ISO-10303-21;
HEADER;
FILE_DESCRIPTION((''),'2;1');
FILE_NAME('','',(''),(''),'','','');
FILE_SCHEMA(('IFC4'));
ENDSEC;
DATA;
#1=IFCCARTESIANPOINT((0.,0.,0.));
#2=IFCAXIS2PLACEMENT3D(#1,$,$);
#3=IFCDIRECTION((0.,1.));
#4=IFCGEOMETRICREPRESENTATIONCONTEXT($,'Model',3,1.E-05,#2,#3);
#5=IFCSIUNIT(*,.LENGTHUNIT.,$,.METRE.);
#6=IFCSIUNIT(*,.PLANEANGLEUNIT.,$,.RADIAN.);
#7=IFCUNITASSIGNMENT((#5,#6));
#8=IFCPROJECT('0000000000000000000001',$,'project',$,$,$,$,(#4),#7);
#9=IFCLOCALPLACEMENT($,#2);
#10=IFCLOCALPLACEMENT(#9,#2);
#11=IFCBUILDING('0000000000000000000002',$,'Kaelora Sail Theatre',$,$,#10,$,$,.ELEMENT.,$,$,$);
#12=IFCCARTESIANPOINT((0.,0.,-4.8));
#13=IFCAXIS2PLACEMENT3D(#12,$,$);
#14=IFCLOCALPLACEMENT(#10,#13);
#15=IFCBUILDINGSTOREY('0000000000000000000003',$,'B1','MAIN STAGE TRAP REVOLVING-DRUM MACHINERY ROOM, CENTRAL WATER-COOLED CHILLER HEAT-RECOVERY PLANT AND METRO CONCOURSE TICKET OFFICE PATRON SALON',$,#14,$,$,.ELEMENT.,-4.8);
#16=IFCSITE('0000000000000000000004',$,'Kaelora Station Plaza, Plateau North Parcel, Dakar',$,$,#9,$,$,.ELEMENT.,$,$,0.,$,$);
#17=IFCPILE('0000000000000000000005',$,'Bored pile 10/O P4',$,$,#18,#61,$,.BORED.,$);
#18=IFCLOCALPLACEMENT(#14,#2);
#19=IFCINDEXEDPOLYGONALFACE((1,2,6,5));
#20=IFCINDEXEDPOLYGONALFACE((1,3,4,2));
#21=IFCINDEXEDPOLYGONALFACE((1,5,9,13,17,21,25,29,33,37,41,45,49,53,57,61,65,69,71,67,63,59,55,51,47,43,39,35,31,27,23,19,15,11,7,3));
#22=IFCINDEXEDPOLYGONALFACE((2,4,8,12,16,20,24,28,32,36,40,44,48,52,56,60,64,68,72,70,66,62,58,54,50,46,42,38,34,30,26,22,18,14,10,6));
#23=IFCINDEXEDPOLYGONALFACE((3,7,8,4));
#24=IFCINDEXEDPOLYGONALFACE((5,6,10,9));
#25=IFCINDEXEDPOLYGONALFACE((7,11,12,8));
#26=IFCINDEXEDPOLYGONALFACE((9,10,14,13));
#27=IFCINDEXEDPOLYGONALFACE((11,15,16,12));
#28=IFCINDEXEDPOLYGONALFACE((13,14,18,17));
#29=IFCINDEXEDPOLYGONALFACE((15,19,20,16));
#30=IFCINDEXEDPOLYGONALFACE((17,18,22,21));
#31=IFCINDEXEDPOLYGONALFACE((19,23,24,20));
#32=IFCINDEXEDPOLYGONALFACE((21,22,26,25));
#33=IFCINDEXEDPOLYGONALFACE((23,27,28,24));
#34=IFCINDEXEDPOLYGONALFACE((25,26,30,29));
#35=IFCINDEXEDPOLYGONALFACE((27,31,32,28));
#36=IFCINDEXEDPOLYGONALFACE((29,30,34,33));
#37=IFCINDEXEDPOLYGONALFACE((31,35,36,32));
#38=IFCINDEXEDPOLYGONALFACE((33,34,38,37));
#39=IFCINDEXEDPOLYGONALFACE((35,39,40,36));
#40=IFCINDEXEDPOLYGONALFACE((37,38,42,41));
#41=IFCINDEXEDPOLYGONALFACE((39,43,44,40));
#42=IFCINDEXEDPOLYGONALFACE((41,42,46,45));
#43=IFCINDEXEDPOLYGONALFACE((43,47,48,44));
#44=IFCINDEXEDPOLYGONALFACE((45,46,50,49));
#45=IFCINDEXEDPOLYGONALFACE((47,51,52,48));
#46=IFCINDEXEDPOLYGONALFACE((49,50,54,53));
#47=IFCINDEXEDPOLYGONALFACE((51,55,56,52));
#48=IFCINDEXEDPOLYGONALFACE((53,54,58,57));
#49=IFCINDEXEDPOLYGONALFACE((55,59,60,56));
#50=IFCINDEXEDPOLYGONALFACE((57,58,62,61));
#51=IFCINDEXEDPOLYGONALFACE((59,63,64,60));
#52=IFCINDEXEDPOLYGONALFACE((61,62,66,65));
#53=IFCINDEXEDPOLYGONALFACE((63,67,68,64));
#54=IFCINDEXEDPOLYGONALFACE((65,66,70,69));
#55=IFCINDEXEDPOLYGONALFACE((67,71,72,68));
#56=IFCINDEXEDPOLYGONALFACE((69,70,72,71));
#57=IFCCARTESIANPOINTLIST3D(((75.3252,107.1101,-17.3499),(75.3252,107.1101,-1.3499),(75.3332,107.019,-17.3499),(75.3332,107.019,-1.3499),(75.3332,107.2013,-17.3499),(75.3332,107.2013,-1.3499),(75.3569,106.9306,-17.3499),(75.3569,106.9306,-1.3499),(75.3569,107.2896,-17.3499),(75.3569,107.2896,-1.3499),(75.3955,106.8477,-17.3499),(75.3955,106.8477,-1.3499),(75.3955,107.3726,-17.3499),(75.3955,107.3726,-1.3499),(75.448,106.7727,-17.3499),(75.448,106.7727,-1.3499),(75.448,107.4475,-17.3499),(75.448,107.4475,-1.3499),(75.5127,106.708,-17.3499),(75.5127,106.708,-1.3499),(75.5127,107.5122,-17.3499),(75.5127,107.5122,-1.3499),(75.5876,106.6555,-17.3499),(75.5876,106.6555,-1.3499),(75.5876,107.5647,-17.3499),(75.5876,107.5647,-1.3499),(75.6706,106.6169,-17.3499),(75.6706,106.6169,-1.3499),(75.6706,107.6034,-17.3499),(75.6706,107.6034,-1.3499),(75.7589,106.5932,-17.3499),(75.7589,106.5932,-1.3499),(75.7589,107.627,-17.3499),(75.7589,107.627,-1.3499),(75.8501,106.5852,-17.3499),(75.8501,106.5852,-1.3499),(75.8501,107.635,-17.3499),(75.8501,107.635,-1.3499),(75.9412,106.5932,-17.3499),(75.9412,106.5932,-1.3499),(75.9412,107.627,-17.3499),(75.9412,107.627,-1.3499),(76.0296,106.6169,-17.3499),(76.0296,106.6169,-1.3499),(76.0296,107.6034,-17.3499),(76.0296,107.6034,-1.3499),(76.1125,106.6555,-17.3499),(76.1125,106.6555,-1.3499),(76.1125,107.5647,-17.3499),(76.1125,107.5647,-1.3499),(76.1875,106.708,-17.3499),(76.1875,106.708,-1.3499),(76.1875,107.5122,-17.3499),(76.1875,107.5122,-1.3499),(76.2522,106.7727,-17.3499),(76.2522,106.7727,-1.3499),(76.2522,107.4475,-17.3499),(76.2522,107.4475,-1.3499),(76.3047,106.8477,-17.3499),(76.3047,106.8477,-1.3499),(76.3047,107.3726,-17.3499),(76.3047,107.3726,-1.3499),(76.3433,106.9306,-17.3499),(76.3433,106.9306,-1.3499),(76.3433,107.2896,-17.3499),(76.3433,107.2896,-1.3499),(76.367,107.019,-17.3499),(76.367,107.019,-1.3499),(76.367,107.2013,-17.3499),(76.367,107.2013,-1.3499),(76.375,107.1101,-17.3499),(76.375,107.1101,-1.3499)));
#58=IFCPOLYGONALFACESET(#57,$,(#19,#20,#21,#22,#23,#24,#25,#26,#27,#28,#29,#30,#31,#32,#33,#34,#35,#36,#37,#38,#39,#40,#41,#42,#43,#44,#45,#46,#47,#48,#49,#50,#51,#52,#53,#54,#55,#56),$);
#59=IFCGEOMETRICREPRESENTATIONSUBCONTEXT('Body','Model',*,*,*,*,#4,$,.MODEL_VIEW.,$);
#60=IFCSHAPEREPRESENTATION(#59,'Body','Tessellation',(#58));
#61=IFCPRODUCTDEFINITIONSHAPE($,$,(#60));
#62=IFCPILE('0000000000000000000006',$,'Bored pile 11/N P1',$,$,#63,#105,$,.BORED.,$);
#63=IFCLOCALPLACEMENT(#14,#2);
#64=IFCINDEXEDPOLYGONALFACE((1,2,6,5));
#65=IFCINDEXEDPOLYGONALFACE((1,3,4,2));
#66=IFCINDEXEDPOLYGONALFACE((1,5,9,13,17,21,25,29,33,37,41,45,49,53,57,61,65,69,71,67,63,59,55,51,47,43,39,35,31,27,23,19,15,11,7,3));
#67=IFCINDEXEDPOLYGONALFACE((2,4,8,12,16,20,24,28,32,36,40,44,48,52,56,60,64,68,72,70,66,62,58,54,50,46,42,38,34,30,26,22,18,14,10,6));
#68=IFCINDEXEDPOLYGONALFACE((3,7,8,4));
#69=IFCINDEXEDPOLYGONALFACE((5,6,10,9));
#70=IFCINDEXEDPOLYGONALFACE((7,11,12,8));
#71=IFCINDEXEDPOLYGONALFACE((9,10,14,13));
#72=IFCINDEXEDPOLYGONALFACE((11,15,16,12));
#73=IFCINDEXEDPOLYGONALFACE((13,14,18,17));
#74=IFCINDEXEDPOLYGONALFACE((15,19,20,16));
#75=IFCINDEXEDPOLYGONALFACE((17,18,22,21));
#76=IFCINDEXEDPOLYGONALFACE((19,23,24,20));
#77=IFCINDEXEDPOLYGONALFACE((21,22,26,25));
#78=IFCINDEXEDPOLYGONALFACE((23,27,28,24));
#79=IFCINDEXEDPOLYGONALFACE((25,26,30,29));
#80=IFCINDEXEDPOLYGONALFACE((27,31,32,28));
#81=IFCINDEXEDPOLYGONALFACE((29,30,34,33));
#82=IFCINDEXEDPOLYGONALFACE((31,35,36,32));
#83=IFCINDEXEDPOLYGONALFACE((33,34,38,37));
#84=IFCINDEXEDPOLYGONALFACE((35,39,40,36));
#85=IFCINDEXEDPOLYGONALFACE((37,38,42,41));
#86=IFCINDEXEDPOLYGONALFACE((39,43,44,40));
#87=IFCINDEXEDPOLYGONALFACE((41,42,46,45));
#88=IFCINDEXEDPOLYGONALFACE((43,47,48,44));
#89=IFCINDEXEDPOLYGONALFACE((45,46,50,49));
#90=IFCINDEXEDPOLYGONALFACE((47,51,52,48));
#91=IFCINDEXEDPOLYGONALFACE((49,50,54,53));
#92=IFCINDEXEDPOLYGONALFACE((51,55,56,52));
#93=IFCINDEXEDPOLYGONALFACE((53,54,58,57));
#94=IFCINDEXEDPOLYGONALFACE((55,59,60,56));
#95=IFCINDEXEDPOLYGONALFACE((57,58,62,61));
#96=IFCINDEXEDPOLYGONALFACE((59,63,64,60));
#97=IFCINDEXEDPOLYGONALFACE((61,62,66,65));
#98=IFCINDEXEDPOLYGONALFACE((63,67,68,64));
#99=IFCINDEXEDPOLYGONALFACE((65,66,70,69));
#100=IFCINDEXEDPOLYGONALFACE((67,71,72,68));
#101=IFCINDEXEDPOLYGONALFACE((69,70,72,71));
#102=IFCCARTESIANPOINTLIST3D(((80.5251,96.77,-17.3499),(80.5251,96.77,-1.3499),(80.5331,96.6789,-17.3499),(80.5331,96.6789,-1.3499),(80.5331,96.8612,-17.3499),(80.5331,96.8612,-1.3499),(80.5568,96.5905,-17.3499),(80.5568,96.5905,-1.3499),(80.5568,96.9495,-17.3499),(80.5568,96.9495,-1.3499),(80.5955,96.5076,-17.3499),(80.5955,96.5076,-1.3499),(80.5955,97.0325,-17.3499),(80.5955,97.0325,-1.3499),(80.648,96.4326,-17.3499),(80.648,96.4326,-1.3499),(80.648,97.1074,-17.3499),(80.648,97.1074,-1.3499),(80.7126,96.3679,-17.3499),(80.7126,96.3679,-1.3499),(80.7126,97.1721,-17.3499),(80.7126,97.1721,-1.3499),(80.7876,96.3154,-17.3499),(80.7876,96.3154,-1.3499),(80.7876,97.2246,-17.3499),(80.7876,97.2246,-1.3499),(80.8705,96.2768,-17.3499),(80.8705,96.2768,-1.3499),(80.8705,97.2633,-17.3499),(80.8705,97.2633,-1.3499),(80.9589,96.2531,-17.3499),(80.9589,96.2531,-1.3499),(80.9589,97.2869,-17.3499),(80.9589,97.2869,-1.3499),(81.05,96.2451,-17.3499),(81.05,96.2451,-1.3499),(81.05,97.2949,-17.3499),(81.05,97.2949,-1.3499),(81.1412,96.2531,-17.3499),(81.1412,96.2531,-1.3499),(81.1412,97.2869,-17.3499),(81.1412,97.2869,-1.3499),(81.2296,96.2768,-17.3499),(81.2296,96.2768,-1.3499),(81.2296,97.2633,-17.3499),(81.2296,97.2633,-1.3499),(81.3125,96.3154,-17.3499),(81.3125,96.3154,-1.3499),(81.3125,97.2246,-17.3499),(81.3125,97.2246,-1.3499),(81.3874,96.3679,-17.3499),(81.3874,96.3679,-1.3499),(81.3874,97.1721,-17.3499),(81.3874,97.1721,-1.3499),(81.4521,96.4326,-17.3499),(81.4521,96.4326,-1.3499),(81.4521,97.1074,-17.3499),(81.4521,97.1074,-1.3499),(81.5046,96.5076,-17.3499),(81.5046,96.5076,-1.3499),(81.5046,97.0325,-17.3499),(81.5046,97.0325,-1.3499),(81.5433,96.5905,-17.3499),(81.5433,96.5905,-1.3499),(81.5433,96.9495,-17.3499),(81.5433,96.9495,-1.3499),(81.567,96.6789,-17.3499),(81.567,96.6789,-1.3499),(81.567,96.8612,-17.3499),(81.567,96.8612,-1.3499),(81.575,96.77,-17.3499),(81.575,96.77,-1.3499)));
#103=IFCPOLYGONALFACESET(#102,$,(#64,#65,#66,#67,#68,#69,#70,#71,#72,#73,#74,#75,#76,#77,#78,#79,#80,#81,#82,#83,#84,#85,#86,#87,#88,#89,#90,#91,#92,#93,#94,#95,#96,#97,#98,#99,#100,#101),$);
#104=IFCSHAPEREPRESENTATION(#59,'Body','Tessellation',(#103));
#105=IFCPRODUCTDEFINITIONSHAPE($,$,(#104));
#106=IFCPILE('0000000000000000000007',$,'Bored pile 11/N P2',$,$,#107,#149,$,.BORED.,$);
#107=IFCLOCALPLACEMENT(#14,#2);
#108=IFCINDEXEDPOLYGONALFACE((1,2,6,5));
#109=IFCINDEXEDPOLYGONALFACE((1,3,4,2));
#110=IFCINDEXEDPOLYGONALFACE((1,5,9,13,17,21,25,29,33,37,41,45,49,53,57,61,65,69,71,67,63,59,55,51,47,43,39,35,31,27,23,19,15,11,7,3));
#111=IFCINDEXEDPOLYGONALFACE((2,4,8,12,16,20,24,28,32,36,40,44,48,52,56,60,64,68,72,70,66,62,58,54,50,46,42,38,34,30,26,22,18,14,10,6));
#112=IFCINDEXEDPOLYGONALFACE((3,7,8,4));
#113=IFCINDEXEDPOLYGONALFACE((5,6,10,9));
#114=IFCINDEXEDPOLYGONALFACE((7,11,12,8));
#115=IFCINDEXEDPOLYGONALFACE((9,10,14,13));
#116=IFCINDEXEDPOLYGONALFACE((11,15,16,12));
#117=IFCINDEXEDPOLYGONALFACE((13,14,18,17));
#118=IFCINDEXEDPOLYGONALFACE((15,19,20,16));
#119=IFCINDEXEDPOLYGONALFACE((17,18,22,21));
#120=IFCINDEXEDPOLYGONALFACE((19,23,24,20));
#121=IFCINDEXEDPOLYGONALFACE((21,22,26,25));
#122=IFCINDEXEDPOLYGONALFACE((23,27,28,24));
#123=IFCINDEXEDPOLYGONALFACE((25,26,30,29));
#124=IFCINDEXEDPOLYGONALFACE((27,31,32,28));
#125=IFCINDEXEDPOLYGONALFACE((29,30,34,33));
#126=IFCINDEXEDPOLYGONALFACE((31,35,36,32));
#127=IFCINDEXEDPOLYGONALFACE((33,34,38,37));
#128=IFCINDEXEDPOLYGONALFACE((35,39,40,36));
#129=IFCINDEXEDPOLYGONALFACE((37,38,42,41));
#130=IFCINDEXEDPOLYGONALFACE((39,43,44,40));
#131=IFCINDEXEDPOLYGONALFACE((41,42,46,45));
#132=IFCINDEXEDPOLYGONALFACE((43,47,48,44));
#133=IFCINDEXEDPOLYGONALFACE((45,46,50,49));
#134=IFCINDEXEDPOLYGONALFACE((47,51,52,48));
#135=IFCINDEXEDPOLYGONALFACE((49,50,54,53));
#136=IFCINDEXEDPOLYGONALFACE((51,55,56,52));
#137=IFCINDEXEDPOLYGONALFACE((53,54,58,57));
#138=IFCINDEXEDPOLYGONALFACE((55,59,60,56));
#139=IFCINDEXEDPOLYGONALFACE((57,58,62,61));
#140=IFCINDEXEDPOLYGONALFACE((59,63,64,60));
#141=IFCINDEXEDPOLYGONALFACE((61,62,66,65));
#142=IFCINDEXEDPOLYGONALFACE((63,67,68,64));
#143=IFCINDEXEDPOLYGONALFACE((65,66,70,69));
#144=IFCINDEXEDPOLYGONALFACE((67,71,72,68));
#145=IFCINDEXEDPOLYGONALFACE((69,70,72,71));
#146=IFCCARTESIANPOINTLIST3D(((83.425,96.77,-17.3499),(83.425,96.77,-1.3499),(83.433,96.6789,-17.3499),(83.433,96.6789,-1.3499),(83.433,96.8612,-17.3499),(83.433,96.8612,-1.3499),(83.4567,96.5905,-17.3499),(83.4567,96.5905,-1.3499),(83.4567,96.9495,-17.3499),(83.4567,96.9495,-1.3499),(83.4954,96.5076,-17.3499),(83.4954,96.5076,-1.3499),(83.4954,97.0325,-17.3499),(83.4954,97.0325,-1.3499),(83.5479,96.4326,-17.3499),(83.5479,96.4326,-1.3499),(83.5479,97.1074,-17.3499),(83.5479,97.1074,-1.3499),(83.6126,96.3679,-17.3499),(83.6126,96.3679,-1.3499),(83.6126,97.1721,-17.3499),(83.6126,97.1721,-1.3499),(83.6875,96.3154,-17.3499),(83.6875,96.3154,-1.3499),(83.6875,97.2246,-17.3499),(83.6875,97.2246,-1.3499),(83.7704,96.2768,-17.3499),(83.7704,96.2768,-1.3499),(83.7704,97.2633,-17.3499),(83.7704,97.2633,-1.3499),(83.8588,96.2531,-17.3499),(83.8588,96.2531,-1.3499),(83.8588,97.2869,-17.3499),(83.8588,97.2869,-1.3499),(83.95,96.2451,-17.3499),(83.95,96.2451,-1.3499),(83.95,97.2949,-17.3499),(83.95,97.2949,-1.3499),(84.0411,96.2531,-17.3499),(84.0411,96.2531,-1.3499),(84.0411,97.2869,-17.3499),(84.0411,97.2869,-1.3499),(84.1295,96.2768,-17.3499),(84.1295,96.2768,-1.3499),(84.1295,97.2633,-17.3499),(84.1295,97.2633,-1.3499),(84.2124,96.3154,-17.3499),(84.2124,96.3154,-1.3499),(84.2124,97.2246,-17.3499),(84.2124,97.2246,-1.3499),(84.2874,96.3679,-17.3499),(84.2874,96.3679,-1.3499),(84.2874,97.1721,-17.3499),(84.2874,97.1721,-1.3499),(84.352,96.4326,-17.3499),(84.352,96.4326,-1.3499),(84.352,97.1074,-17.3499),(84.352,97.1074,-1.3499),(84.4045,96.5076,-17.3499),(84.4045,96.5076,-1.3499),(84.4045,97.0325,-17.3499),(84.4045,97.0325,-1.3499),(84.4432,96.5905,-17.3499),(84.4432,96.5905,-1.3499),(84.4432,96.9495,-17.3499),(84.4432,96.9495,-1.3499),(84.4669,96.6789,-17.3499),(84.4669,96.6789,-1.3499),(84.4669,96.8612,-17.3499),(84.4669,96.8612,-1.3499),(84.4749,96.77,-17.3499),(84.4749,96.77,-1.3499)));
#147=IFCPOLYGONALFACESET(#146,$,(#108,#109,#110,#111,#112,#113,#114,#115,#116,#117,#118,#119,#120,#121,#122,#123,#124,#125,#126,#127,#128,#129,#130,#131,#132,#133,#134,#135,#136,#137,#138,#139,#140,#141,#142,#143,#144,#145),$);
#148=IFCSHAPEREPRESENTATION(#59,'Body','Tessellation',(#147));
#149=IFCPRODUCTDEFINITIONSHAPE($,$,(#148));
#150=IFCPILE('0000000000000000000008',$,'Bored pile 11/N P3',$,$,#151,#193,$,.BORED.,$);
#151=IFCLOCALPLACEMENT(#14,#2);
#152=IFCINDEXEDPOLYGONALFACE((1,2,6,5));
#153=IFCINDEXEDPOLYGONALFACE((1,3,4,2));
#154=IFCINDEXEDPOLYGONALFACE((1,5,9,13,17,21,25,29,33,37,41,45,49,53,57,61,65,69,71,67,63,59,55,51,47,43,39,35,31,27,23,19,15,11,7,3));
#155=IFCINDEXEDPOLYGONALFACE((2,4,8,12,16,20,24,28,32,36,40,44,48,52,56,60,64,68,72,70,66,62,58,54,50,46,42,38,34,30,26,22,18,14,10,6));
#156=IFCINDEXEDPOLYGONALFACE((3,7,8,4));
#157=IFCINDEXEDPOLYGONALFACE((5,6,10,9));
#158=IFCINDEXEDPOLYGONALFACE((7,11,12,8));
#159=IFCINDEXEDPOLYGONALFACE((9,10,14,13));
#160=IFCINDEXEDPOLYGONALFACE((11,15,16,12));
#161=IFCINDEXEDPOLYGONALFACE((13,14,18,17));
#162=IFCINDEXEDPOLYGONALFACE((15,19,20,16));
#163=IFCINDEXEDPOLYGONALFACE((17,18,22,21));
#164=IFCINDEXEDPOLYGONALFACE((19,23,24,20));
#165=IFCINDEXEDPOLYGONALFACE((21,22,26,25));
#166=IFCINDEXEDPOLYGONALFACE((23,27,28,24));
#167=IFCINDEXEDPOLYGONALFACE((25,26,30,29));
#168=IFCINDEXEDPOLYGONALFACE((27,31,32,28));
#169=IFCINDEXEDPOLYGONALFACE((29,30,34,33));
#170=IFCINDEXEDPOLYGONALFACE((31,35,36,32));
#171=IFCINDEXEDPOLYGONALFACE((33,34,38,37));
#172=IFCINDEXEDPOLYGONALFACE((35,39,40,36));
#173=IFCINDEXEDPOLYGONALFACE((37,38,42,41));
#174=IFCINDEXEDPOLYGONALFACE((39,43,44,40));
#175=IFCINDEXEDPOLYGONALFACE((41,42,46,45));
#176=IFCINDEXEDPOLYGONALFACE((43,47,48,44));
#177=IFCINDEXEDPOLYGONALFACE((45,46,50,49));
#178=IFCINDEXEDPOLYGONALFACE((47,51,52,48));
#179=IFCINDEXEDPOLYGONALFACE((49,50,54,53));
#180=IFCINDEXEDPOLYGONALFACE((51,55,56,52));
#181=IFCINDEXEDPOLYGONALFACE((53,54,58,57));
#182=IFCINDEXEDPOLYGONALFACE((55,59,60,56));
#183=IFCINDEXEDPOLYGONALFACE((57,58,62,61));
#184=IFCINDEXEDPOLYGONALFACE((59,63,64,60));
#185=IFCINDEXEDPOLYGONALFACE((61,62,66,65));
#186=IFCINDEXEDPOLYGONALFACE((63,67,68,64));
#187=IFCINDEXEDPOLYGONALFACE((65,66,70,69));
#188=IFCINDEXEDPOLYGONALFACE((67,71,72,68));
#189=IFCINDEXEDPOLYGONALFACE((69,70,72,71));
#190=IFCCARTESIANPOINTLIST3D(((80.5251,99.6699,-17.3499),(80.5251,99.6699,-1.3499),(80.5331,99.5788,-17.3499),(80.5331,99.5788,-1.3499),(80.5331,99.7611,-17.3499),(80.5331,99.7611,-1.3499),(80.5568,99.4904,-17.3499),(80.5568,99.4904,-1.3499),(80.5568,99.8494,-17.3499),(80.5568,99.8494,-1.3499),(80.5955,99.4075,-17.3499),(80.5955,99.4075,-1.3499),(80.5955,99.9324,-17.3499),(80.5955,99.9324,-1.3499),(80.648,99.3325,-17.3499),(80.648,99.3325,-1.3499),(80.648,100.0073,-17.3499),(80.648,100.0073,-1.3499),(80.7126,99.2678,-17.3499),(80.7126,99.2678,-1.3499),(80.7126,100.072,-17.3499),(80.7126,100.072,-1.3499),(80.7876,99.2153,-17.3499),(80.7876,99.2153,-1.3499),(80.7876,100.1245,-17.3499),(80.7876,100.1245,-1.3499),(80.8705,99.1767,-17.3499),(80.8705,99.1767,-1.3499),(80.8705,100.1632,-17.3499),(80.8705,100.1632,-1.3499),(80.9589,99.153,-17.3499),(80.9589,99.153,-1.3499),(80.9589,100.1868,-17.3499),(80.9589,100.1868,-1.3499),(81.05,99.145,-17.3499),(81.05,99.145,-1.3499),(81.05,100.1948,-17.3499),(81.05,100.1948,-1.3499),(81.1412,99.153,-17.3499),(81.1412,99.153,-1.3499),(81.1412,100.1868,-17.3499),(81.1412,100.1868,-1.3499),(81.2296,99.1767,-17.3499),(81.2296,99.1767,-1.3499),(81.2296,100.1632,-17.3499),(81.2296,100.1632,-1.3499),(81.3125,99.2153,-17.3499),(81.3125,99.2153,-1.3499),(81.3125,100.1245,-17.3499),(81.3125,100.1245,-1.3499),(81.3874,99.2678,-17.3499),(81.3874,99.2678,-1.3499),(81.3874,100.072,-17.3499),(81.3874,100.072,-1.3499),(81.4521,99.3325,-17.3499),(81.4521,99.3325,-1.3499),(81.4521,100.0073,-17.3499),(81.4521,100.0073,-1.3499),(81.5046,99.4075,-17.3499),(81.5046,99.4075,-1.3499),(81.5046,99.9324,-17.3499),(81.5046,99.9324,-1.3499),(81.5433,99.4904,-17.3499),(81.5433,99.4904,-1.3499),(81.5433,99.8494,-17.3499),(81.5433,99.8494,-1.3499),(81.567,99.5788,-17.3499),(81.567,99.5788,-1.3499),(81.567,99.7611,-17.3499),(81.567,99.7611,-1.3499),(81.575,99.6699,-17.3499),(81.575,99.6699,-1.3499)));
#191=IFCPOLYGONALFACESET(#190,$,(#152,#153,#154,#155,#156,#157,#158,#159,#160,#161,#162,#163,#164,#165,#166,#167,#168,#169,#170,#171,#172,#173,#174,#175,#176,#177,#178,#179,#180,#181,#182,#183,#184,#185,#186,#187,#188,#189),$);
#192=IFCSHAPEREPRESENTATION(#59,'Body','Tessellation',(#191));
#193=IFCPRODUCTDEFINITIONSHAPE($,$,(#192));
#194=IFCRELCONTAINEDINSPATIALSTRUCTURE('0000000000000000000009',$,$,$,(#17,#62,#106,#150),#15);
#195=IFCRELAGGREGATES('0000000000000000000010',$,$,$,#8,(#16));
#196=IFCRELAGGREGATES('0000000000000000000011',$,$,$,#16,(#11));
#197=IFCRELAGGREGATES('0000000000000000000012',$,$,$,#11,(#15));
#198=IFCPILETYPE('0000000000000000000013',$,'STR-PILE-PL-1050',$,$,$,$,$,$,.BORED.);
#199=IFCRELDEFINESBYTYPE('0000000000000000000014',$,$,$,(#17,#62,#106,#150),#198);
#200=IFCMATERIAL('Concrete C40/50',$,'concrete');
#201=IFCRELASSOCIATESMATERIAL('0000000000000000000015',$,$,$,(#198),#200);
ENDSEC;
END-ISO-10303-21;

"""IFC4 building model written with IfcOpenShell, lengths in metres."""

from ifc_helpers import new_model, si_unit, direction, frame, origin, origin_2d, place, context, subcontext, project, spatial, circle, extrude, material, material_profile, profile_set, type_object, element, save


model = new_model("IFC4")

# Units and contexts
model_context = context("Model", 3, precision=1e-05, world=origin(), true_north=direction((0.0, 1.0)))
body_context = subcontext(model_context, "Body", "Model", "MODEL_VIEW")
ifc_project = project(units=[si_unit("LENGTHUNIT", "METRE"), si_unit("PLANEANGLEUNIT", "RADIAN")], contexts=[model_context])

# Site, building, storey
site_placement = place(None, origin())
site = spatial("IfcSite", under=ifc_project, at=site_placement, Name="Kaelora Station Plaza, Plateau North Parcel, Dakar", CompositionType="ELEMENT", RefElevation=0.0)
building_placement = place(site_placement, origin())
building = spatial("IfcBuilding", under=site, at=building_placement, Name="Kaelora Sail Theatre", CompositionType="ELEMENT")
storey_placement = place(building_placement, frame((0.0, 0.0, -4.8)))
storey = spatial("IfcBuildingStorey", under=building, at=storey_placement, Name="B1", Description="MAIN STAGE TRAP REVOLVING-DRUM MACHINERY ROOM, CENTRAL WATER-COOLED CHILLER HEAT-RECOVERY PLANT AND METRO CONCOURSE TICKET OFFICE PATRON SALON", CompositionType="ELEMENT", Elevation=-4.8)

# Piles
ifc_material_1 = material(Name="Concrete C40/50", Category="concrete")
ifc_material_profile_1 = material_profile(ifc_material_1, circle(Radius=0.5249, at=origin_2d()), Name="PILE D1050")
ifc_profile_set_1 = profile_set([ifc_material_profile_1], Name="Concrete C40/50")
pile_type_1 = type_object("IfcPileType", Name="STR-PILE-PL-1050", PredefinedType="BORED", material=ifc_profile_set_1)
for number, where, z_axis, x_axis, name in (
    (1, (75.8501, 107.1101, -1.3499), (0.0, 0.0, -1.0), (1.0, 0.0, 0.0), "Bored pile 10/O P4"),
    (2, (81.05, 96.77, -1.3499), (0.0, 0.0, -1.0), (1.0, 0.0, 0.0), "Bored pile 11/N P1"),
    (3, (83.95, 96.77, -1.3499), (0.0, 0.0, -1.0), (1.0, 0.0, 0.0), "Bored pile 11/N P2"),
    (4, (81.05, 99.6699, -1.3499), (0.0, 0.0, -1.0), (1.0, 0.0, 0.0), "Bored pile 11/N P3"),
):
    element("IfcPile", number, at=place(storey_placement, frame(where, z_axis=z_axis, x_axis=x_axis)), inside=storey, type_object=pile_type_1, Name=name, PredefinedType="BORED", context=body_context, shape_type="SweptSolid", body=[
        extrude(circle(Radius=0.5249, at=origin_2d()), origin(), (0.0, 0.0, 1.0), 16.0),
    ])

save(model, "model.ifc")
